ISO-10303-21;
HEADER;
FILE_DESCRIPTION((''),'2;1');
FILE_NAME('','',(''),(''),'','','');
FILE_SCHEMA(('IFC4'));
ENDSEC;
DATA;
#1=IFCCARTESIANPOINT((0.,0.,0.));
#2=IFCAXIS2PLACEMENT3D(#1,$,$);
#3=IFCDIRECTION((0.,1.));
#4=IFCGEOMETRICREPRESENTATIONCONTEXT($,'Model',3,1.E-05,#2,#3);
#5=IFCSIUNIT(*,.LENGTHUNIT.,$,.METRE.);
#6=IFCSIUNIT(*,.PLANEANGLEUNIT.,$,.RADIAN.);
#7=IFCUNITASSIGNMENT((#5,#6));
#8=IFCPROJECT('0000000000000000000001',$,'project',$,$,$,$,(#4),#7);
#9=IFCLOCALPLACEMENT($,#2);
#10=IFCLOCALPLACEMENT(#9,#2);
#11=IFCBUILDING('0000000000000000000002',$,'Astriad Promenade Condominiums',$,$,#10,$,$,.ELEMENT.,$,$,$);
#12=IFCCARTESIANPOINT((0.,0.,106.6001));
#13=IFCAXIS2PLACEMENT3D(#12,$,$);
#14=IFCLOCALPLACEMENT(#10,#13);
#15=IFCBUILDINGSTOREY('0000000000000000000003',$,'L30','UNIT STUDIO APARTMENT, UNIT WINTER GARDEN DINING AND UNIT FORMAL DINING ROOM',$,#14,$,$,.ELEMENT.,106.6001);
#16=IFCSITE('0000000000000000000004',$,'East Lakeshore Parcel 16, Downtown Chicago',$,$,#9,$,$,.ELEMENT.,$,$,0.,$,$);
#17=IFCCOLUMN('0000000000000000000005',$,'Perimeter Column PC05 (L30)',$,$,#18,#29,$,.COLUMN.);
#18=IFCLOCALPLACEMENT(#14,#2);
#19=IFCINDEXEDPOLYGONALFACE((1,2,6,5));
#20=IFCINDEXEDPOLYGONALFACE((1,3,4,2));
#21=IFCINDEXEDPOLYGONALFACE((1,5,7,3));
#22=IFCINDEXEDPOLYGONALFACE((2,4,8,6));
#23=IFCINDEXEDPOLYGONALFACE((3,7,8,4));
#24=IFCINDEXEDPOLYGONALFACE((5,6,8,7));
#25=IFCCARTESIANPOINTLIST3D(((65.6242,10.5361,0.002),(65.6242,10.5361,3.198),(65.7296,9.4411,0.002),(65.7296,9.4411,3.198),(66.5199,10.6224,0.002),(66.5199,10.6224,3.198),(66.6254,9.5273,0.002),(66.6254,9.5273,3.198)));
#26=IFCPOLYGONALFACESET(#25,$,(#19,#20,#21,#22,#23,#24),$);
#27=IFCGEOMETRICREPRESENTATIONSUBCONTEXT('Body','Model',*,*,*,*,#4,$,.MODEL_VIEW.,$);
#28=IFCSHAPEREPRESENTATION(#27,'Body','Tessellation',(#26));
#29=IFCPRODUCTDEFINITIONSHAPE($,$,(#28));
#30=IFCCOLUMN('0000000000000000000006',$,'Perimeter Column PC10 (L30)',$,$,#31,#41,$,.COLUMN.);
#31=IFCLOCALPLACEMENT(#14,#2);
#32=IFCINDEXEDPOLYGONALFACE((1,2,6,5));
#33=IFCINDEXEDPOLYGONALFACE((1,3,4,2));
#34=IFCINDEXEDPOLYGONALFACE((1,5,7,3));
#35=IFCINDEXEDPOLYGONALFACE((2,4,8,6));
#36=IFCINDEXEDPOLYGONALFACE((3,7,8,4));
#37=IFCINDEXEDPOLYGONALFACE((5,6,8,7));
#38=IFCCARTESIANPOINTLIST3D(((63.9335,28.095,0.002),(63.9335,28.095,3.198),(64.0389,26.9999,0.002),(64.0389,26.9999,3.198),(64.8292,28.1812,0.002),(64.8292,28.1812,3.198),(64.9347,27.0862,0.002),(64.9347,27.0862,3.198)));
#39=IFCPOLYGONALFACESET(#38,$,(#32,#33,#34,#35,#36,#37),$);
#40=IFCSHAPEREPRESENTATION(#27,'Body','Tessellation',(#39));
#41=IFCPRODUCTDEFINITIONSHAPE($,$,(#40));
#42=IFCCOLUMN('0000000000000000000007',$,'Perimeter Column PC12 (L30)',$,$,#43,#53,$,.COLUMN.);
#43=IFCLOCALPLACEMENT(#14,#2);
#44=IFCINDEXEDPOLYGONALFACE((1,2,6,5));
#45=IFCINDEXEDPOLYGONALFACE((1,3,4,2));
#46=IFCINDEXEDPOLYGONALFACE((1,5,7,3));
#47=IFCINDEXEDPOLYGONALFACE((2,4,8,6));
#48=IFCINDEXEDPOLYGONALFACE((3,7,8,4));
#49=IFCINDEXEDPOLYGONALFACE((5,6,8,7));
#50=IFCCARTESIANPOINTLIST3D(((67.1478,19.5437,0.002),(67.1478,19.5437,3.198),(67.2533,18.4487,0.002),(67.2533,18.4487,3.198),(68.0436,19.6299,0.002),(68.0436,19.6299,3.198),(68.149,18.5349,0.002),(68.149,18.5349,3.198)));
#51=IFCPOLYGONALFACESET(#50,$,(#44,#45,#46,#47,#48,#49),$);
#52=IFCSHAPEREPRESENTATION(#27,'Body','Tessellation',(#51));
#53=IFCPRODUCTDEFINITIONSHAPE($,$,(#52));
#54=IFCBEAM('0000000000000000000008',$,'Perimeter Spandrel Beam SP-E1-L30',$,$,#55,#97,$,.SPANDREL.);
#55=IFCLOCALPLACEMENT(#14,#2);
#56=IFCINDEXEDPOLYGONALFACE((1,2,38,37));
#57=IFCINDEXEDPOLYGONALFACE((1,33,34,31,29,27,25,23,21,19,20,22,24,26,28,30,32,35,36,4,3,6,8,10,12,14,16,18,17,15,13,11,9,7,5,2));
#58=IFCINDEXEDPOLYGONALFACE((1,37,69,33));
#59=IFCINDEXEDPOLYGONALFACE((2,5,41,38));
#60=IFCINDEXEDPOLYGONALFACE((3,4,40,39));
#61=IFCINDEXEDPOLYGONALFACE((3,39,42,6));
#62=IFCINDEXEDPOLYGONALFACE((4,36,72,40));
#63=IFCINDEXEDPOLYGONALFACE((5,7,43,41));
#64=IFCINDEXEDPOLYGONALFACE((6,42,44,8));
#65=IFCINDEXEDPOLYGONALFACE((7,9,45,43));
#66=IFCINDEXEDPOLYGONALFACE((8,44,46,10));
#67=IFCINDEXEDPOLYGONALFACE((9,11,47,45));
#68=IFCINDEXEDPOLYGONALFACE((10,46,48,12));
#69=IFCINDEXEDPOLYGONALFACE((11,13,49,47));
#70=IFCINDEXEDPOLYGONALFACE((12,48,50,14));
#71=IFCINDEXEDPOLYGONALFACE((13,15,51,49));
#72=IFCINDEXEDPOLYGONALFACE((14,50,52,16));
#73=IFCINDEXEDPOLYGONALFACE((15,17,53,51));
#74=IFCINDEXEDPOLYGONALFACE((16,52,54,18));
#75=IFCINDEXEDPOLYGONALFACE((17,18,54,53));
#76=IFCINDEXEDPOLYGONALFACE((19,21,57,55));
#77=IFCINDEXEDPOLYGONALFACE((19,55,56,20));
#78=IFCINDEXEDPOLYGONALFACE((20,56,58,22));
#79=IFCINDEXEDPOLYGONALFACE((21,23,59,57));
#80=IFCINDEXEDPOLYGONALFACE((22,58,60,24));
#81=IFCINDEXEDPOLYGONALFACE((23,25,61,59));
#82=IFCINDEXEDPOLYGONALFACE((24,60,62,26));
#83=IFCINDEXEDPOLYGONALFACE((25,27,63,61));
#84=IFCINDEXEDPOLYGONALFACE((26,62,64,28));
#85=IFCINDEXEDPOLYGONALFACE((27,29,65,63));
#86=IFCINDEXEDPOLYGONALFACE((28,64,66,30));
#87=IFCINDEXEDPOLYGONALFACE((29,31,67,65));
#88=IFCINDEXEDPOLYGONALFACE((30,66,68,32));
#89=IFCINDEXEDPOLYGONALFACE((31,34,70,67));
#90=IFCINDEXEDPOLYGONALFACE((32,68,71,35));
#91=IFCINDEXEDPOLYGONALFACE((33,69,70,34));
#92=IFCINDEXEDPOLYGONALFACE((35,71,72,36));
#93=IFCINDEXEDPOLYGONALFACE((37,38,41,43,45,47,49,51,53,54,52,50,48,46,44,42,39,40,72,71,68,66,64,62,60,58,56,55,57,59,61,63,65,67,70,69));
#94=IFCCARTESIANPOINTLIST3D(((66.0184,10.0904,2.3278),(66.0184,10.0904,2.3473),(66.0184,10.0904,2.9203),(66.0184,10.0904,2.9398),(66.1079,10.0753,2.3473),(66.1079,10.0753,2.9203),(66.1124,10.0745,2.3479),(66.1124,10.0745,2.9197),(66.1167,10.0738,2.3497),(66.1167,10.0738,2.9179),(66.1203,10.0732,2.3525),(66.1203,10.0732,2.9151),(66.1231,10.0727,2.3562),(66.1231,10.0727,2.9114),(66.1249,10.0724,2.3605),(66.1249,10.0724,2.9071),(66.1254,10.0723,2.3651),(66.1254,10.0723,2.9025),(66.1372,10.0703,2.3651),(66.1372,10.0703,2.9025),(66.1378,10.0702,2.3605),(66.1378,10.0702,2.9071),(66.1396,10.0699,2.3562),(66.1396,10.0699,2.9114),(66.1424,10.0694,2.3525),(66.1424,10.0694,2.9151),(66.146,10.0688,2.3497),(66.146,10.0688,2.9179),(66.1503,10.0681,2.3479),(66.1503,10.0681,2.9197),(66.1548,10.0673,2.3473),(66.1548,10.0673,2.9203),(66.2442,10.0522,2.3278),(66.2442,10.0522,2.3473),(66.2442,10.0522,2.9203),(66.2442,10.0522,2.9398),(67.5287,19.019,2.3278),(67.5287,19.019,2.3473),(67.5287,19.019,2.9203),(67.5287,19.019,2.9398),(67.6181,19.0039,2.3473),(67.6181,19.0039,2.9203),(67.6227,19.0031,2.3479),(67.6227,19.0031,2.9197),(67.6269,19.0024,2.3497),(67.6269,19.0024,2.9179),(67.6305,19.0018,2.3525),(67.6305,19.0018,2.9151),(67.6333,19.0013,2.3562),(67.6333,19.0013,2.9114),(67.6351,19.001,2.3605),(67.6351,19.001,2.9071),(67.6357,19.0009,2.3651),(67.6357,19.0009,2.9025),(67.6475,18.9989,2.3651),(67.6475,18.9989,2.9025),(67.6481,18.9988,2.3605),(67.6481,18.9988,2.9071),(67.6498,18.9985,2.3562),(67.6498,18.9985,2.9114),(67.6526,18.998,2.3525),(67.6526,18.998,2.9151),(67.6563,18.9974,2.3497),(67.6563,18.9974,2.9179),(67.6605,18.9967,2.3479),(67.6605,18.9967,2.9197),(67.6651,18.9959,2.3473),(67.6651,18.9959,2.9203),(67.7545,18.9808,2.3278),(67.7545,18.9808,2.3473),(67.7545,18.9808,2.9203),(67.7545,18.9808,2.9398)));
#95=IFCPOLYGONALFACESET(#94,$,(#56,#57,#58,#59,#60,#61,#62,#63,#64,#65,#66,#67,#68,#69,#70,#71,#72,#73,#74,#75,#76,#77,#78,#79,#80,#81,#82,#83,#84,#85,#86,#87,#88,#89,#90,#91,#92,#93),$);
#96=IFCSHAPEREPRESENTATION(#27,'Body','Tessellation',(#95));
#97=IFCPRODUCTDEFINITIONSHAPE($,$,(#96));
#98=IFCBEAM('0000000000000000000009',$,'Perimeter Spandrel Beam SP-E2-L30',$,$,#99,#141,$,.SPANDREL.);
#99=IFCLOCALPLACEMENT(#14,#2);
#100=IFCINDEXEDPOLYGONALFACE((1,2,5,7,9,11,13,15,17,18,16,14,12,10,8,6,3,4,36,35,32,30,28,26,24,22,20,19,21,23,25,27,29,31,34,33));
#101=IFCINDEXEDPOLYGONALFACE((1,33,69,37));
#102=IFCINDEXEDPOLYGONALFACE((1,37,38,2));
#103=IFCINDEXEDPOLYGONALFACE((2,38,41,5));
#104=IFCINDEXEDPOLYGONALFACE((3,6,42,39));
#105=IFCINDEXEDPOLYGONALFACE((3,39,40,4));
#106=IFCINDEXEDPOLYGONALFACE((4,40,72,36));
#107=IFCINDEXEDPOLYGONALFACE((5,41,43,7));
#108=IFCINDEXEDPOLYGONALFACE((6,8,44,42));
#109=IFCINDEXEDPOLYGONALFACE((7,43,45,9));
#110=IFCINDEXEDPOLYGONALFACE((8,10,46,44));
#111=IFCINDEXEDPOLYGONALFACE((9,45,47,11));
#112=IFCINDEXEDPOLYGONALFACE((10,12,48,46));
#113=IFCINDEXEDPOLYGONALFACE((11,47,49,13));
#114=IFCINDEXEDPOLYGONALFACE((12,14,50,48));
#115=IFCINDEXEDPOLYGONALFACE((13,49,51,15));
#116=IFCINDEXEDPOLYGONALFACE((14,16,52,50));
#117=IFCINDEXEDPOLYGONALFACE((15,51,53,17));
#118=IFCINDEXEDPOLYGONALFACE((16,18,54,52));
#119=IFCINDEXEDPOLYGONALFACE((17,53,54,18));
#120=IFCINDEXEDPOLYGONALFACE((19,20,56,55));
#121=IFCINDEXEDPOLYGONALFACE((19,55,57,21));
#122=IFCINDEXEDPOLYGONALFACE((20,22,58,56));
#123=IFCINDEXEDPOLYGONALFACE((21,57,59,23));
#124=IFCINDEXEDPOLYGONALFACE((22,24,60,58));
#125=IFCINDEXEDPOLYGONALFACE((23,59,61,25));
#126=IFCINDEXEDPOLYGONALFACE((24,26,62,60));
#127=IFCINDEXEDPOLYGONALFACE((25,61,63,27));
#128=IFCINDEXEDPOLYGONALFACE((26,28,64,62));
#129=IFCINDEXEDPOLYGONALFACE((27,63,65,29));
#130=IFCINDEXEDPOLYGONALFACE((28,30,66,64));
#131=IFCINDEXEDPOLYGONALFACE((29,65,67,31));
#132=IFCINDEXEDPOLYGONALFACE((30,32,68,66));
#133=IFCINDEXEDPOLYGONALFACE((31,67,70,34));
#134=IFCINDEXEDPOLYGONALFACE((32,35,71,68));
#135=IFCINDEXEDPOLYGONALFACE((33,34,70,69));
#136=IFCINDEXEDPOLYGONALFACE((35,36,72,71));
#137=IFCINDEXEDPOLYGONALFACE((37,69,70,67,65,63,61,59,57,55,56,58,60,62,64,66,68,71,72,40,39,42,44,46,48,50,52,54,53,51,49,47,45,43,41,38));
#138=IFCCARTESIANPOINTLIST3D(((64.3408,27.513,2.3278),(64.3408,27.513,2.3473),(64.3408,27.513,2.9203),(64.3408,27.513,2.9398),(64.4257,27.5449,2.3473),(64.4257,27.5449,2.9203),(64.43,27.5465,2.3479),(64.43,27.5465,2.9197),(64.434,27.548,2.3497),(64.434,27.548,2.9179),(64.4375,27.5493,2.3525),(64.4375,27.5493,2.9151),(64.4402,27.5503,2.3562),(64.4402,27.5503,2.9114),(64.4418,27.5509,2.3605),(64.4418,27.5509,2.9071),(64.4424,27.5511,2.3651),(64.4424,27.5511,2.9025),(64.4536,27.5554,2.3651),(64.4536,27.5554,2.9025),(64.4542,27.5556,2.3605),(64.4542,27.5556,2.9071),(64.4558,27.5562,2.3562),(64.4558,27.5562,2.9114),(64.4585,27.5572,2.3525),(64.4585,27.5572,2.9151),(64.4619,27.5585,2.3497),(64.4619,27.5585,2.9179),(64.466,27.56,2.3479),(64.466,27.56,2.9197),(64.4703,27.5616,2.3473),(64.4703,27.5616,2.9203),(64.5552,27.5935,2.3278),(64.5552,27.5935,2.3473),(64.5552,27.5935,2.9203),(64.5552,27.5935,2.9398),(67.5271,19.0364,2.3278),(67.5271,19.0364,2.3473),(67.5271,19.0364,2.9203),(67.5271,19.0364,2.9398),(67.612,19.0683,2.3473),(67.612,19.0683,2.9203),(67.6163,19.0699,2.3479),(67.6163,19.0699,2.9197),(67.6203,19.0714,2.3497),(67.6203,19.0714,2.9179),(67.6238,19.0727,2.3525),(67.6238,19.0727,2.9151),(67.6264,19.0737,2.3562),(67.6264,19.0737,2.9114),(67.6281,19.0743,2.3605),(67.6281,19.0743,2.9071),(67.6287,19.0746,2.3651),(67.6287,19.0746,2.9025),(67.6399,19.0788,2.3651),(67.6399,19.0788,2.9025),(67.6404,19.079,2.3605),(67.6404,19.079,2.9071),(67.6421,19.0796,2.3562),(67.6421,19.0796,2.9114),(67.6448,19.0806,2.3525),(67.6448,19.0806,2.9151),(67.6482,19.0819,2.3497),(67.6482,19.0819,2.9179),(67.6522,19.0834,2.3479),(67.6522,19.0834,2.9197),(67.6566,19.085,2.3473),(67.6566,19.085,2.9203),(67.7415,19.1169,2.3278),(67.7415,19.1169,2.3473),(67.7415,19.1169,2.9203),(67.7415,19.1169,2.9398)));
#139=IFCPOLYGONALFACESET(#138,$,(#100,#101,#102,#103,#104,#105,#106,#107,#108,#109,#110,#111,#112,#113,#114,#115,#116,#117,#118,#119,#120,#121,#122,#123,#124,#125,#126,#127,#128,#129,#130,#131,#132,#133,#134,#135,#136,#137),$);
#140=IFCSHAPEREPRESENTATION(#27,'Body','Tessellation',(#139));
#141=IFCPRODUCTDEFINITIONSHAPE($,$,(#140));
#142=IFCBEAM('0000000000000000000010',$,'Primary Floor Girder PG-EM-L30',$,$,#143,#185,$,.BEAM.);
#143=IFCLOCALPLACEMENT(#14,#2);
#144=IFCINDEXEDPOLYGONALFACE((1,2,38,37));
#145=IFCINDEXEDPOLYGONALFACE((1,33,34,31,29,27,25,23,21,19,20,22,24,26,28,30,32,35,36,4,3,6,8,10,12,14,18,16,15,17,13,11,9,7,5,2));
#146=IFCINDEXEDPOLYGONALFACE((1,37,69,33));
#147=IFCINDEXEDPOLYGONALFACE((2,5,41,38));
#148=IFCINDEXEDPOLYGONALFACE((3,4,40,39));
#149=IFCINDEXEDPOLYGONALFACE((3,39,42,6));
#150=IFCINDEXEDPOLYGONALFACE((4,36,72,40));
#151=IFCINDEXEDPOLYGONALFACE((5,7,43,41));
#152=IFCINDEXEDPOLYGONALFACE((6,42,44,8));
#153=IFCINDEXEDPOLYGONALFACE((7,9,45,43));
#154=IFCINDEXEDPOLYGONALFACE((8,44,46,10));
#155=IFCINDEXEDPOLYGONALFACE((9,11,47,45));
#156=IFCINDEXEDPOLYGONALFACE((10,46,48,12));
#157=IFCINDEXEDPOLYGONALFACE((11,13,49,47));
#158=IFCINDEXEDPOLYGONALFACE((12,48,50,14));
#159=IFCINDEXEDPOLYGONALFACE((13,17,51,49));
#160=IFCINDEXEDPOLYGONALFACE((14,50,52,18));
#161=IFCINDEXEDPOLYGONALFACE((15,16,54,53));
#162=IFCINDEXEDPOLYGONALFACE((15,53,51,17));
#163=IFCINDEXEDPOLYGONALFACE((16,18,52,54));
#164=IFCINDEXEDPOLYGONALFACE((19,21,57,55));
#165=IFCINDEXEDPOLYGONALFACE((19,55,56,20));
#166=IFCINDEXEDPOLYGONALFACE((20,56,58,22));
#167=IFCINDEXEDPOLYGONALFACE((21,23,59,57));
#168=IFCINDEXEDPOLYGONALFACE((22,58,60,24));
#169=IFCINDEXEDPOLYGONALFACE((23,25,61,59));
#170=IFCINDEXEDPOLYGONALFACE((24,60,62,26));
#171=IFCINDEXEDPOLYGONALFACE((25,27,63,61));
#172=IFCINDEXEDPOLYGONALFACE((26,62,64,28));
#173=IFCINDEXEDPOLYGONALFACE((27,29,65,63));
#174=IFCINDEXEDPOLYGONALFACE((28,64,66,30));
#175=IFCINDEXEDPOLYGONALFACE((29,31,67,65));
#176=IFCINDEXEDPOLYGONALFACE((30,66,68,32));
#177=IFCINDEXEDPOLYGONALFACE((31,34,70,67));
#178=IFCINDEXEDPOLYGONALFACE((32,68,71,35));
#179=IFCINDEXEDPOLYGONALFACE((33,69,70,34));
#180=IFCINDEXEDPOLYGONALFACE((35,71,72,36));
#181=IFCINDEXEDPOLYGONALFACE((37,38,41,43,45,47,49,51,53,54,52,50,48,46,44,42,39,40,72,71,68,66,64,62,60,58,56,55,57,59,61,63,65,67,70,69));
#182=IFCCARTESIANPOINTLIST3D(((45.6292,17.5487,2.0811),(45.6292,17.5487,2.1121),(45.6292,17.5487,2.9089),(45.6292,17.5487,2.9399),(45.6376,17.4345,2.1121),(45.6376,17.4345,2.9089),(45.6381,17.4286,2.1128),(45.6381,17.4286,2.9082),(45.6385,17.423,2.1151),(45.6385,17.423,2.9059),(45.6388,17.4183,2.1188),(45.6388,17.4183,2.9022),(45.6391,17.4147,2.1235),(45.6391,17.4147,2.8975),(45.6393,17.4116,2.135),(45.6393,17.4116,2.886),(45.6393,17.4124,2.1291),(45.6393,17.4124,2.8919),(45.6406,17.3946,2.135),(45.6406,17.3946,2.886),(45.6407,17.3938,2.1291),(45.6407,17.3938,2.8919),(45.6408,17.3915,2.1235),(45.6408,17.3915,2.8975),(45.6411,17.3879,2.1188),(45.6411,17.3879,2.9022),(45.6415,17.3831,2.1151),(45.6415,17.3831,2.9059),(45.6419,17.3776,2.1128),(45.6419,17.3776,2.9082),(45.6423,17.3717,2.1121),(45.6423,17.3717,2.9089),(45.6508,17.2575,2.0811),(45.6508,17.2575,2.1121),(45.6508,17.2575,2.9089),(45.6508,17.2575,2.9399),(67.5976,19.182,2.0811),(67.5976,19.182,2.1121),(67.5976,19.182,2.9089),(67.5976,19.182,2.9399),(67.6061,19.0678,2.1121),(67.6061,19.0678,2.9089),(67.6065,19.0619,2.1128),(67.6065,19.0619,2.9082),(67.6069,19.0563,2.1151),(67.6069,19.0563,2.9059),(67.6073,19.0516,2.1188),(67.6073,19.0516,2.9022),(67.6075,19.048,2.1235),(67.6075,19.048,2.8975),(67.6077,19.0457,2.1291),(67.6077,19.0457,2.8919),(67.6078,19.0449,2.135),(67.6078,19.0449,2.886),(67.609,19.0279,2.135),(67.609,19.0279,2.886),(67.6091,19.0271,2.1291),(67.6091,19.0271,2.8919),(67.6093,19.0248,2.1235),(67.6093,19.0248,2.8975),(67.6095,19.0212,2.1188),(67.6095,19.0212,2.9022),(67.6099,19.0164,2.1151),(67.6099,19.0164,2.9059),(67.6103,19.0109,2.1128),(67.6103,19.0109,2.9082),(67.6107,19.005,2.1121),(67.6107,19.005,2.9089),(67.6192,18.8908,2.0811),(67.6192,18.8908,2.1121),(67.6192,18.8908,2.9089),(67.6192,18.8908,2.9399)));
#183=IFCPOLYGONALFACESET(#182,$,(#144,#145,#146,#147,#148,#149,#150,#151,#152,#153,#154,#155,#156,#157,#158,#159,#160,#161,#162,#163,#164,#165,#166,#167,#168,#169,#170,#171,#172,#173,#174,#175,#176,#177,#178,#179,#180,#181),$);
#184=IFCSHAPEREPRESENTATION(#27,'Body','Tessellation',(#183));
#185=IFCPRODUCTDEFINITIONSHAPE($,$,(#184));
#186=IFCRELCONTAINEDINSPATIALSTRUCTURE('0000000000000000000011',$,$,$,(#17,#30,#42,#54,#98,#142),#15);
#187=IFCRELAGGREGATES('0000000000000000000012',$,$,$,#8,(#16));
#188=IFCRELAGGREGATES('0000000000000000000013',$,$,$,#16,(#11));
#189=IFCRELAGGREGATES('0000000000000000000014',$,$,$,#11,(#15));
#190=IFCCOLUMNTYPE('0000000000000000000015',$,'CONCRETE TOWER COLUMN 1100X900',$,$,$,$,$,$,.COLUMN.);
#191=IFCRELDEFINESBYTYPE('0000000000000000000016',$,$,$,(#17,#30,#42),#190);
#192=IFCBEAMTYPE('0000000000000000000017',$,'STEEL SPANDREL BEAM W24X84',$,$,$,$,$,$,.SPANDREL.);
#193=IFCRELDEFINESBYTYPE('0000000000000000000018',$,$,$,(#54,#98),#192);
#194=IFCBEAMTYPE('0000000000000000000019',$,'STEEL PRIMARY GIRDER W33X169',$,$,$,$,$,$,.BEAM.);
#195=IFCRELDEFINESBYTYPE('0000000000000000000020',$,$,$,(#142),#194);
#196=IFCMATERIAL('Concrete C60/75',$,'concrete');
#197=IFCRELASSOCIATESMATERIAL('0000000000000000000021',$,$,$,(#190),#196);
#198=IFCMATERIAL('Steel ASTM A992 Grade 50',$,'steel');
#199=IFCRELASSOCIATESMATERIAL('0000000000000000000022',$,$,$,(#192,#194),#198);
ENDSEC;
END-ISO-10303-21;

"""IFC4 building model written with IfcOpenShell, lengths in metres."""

from ifc_helpers import new_model, si_unit, direction, frame, origin, origin_2d, place, context, subcontext, project, spatial, rectangle, i_section, extrude, source, transform, mapped, material, material_profile, profile_set, type_object, type_shapes, element, save


model = new_model("IFC4")

# Units and contexts
model_context = context("Model", 3, precision=1e-05, world=origin(), true_north=direction((0.0, 1.0)))
body_context = subcontext(model_context, "Body", "Model", "MODEL_VIEW")
ifc_project = project(units=[si_unit("LENGTHUNIT", "METRE"), si_unit("PLANEANGLEUNIT", "RADIAN")], contexts=[model_context])

# Site, building, storey
site_placement = place(None, origin())
site = spatial("IfcSite", under=ifc_project, at=site_placement, Name="East Lakeshore Parcel 16, Downtown Chicago", CompositionType="ELEMENT", RefElevation=0.0)
building_placement = place(site_placement, origin())
building = spatial("IfcBuilding", under=site, at=building_placement, Name="Astriad Promenade Condominiums", CompositionType="ELEMENT")
storey_placement = place(building_placement, frame((0.0, 0.0, 106.6001)))
storey = spatial("IfcBuildingStorey", under=building, at=storey_placement, Name="L30", Description="UNIT STUDIO APARTMENT, UNIT WINTER GARDEN DINING AND UNIT FORMAL DINING ROOM", CompositionType="ELEMENT", Elevation=106.6001)

# Columns
ifc_material_1 = material(Name="Concrete C60/75", Category="concrete")
ifc_material_profile_1 = material_profile(ifc_material_1, rectangle(XDim=0.8999, YDim=1.1001, at=origin_2d()), Name="RC-COL-1100X900")
ifc_profile_set_1 = profile_set([ifc_material_profile_1], Name="Concrete C60/75")
column_type = type_object("IfcColumnType", Name="CONCRETE TOWER COLUMN 1100X900", PredefinedType="COLUMN", material=ifc_profile_set_1)
shared_shape_1 = source(origin(), body_context, "Body", "SweptSolid", [
    extrude(rectangle(XDim=0.8999, YDim=1.1001, at=origin_2d()), origin(), (0.0, 0.0, 1.0), 3.196),
])
type_shapes(column_type, [shared_shape_1])
for number, where, z_axis, x_axis, name in (
    (1, (66.1248, 10.0317, 0.002), (0.0, 0.0, 1.0), (0.995396, 0.095846, 0.0), "Perimeter Column PC05 (L30)"),
    (2, (64.4341, 27.5906, 0.002), (0.0, 0.0, 1.0), (0.995396, 0.095846, 0.0), "Perimeter Column PC10 (L30)"),
    (3, (67.6484, 19.0393, 0.002), (0.0, 0.0, 1.0), (0.995396, 0.095846, 0.0), "Perimeter Column PC12 (L30)"),
):
    element("IfcColumn", number, at=place(storey_placement, frame(where, z_axis=z_axis, x_axis=x_axis)), inside=storey, type_object=column_type, Name=name, PredefinedType="COLUMN", context=body_context, shape_type="MappedRepresentation", body=[
        mapped(shared_shape_1, transform((0.0, 0.0, 0.0), scale=1.0)),
    ])

# Beams
ifc_material_2 = material(Name="Steel ASTM A992 Grade 50", Category="steel")
ifc_material_profile_2 = material_profile(ifc_material_2, i_section(OverallWidth=0.229, OverallDepth=0.6121, WebThickness=0.012, FlangeThickness=0.0195, FilletRadius=0.0178, at=origin_2d()), Name="W24X84")
ifc_profile_set_2 = profile_set([ifc_material_profile_2], Name="Steel ASTM A992 Grade 50")
beam_type_1 = type_object("IfcBeamType", Name="STEEL SPANDREL BEAM W24X84", PredefinedType="SPANDREL", material=ifc_profile_set_2)
shared_shape_2 = source(origin(), body_context, "Body", "SweptSolid", [
    extrude(i_section(OverallWidth=0.229, OverallDepth=0.6121, WebThickness=0.012, FlangeThickness=0.0195, FilletRadius=0.0178, at=origin_2d()), origin(), (0.0, 0.0, 1.0), 9.0554),
])
beam_1_placement = place(storey_placement, frame((66.1313, 10.0713, 2.6338), z_axis=(0.166777, 0.985995, 0.0), x_axis=(-0.985995, 0.166777, 0.0)))
element("IfcBeam", 4, at=beam_1_placement, inside=storey, type_object=beam_type_1, Name="Perimeter Spandrel Beam SP-E1-L30", PredefinedType="SPANDREL", context=body_context, shape_type="MappedRepresentation", body=[
    mapped(shared_shape_2, transform((0.0, 0.0, 0.0), scale=1.0)),
])
shared_shape_3 = source(origin(), body_context, "Body", "SweptSolid", [
    extrude(i_section(OverallWidth=0.229, OverallDepth=0.6121, WebThickness=0.012, FlangeThickness=0.0195, FilletRadius=0.0178, at=origin_2d()), origin(), (0.0, 0.0, 1.0), 9.0557),
])
type_shapes(beam_type_1, [shared_shape_2, shared_shape_3])
beam_2_placement = place(storey_placement, frame((67.6343, 19.0767, 2.6338), z_axis=(-0.351856, 0.936054, 0.0), x_axis=(-0.936054, -0.351856, 0.0)))
element("IfcBeam", 5, at=beam_2_placement, inside=storey, type_object=beam_type_1, Name="Perimeter Spandrel Beam SP-E2-L30", PredefinedType="SPANDREL", context=body_context, shape_type="MappedRepresentation", body=[
    mapped(shared_shape_3, transform((0.0, 0.0, 0.0), scale=1.0)),
])
ifc_material_profile_3 = material_profile(ifc_material_2, i_section(OverallWidth=0.292, OverallDepth=0.8589, WebThickness=0.0171, FlangeThickness=0.031, FilletRadius=0.0229, at=origin_2d()), Name="W33X169")
ifc_profile_set_3 = profile_set([ifc_material_profile_3], Name="Steel ASTM A992 Grade 50")
beam_type_2 = type_object("IfcBeamType", Name="STEEL PRIMARY GIRDER W33X169", PredefinedType="BEAM", material=ifc_profile_set_3)
shared_shape_4 = source(origin(), body_context, "Body", "SweptSolid", [
    extrude(i_section(OverallWidth=0.292, OverallDepth=0.8589, WebThickness=0.0171, FlangeThickness=0.031, FilletRadius=0.0229, at=origin_2d()), origin(), (0.0, 0.0, 1.0), 22.0291),
])
type_shapes(beam_type_2, [shared_shape_4])
beam_3_placement = place(storey_placement, frame((67.6084, 19.0364, 2.5105), z_axis=(-0.997248, -0.074143, 0.0), x_axis=(0.074143, -0.997248, 0.0)))
element("IfcBeam", 6, at=beam_3_placement, inside=storey, type_object=beam_type_2, Name="Primary Floor Girder PG-EM-L30", PredefinedType="BEAM", context=body_context, shape_type="MappedRepresentation", body=[
    mapped(shared_shape_4, transform((0.0, 0.0, 0.0), scale=1.0)),
])

save(model, "model.ifc")
